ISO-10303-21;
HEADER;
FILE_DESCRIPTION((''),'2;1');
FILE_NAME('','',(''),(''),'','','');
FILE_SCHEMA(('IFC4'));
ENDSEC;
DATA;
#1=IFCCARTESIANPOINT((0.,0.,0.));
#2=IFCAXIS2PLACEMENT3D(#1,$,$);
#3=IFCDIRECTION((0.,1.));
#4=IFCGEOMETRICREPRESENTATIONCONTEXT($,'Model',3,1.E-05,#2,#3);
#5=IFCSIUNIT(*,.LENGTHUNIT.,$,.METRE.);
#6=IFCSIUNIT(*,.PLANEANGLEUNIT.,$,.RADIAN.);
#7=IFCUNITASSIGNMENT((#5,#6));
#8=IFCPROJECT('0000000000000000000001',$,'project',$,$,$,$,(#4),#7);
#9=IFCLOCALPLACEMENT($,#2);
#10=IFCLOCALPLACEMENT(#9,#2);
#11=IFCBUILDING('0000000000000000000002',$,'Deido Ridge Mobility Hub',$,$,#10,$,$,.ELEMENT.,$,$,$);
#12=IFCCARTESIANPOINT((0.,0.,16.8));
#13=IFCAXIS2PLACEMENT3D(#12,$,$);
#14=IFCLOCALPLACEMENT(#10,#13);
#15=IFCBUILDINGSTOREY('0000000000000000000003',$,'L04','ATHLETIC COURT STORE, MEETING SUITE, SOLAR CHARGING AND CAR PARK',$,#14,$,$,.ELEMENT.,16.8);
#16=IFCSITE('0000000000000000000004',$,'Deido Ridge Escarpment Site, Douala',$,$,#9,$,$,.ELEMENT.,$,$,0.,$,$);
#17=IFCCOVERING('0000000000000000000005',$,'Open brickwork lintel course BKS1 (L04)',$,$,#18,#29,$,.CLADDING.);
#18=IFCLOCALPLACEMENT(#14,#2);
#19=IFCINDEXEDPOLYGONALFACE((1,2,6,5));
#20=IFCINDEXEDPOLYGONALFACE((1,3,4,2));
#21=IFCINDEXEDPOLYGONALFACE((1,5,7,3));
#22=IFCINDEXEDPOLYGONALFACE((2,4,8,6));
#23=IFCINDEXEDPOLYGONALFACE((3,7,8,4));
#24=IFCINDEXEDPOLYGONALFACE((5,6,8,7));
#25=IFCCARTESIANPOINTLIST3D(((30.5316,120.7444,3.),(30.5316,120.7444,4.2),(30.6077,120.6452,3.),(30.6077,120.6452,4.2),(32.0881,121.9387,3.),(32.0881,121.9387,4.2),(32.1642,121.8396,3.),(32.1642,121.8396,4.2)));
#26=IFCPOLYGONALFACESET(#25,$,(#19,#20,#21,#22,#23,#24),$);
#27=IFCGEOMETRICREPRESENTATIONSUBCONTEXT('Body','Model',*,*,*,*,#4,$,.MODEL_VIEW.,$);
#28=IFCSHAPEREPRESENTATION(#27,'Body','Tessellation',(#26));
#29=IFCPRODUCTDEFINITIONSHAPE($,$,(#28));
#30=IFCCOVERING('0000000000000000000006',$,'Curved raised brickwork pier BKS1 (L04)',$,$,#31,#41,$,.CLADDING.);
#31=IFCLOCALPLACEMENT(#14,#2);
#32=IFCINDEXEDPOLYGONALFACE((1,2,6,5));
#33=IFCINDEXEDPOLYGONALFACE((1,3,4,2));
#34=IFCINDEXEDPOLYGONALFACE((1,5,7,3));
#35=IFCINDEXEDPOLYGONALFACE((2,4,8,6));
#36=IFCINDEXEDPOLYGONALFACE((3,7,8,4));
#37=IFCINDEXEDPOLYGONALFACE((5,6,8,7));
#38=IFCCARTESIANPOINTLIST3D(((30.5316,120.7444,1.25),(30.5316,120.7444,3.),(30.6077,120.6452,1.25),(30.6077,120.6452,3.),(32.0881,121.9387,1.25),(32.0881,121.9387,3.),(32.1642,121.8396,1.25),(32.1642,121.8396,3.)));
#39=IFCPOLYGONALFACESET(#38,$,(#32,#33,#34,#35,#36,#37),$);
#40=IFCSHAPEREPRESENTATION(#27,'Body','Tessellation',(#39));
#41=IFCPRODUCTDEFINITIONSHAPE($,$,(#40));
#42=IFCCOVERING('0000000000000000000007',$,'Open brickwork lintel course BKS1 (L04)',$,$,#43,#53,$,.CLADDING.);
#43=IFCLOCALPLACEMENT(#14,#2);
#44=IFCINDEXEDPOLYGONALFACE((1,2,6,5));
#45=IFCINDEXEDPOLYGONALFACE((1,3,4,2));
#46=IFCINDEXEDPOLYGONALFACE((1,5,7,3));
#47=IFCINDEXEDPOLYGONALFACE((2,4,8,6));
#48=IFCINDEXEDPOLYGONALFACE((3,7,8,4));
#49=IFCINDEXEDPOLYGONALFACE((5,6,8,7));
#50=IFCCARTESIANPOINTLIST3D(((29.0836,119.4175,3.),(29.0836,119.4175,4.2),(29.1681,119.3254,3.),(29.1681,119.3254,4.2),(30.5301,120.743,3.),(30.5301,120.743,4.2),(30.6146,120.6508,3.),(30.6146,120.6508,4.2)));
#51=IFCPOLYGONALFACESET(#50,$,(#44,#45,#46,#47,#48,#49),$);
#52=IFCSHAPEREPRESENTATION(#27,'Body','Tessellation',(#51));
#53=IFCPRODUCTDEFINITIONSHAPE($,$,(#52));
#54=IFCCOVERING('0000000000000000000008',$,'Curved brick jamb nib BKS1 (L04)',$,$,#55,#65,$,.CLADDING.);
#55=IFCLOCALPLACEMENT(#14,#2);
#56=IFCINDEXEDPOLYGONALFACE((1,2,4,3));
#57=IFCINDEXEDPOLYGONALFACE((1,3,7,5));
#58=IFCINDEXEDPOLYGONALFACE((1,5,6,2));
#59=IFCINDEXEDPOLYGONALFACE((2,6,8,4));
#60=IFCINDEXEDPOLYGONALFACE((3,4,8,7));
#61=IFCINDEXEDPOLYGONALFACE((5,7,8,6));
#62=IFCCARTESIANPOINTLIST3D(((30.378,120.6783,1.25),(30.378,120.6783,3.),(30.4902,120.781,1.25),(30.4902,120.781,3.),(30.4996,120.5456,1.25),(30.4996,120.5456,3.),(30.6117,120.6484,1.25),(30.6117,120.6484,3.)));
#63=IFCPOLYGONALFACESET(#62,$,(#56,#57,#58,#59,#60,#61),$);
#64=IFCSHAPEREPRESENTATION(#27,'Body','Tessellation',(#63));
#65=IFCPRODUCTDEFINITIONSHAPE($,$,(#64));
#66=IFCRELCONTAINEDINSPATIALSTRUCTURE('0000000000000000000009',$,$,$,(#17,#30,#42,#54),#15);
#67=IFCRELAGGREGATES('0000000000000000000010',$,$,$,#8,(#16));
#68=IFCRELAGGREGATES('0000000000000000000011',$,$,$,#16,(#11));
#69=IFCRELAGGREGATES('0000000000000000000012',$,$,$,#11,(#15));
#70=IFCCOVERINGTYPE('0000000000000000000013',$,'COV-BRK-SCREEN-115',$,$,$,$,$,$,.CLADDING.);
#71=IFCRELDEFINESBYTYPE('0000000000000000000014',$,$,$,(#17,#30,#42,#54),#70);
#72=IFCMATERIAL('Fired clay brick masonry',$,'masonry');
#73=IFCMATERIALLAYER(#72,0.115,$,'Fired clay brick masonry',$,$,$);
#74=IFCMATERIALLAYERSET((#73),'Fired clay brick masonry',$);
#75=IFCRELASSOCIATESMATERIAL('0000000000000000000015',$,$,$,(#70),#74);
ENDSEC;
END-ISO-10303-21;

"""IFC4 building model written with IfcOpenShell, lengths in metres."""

from ifc_helpers import new_model, si_unit, direction, frame, origin, origin_2d, place, context, subcontext, project, spatial, rectangle, extrude, material, layer, layer_set, type_object, element, save


model = new_model("IFC4")

# Units and contexts
model_context = context("Model", 3, precision=1e-05, world=origin(), true_north=direction((0.0, 1.0)))
body_context = subcontext(model_context, "Body", "Model", "MODEL_VIEW")
ifc_project = project(units=[si_unit("LENGTHUNIT", "METRE"), si_unit("PLANEANGLEUNIT", "RADIAN")], contexts=[model_context])

# Site, building, storey
site_placement = place(None, origin())
site = spatial("IfcSite", under=ifc_project, at=site_placement, Name="Deido Ridge Escarpment Site, Douala", CompositionType="ELEMENT", RefElevation=0.0)
building_placement = place(site_placement, origin())
building = spatial("IfcBuilding", under=site, at=building_placement, Name="Deido Ridge Mobility Hub", CompositionType="ELEMENT")
storey_placement = place(building_placement, frame((0.0, 0.0, 16.8)))
storey = spatial("IfcBuildingStorey", under=building, at=storey_placement, Name="L04", Description="ATHLETIC COURT STORE, MEETING SUITE, SOLAR CHARGING AND CAR PARK", CompositionType="ELEMENT", Elevation=16.8)

# Coverings
ifc_material_1 = material(Name="Fired clay brick masonry", Category="masonry")
ifc_layer = layer(ifc_material_1, 0.115, Name="Fired clay brick masonry")
ifc_layer_set = layer_set([ifc_layer], Name="Fired clay brick masonry")
covering_type = type_object("IfcCoveringType", Name="COV-BRK-SCREEN-115", PredefinedType="CLADDING", material=ifc_layer_set)
covering_1_placement = place(storey_placement, frame((31.3479, 121.292, 3.0), z_axis=(0.0, 0.0, 1.0), x_axis=(-0.793353, -0.608761, 0.0)))
element("IfcCovering", 1, at=covering_1_placement, inside=storey, type_object=covering_type, Name="Open brickwork lintel course BKS1 (L04)", PredefinedType="CLADDING", context=body_context, shape_type="SweptSolid", body=[
    extrude(rectangle(XDim=1.9619, YDim=0.125, at=origin_2d()), origin(), (0.0, 0.0, 1.0), 1.2),
])
covering_2_placement = place(storey_placement, frame((31.3479, 121.292, 1.25), z_axis=(0.0, 0.0, 1.0), x_axis=(-0.793353, -0.608761, 0.0)))
element("IfcCovering", 2, at=covering_2_placement, inside=storey, type_object=covering_type, Name="Curved raised brickwork pier BKS1 (L04)", PredefinedType="CLADDING", context=body_context, shape_type="SweptSolid", body=[
    extrude(rectangle(XDim=1.9619, YDim=0.125, at=origin_2d()), origin(), (0.0, 0.0, 1.0), 1.75),
])
covering_3_placement = place(storey_placement, frame((29.8491, 120.0342, 3.0), z_axis=(0.0, 0.0, 1.0), x_axis=(-0.737289, -0.675577, 0.0)))
element("IfcCovering", 3, at=covering_3_placement, inside=storey, type_object=covering_type, Name="Open brickwork lintel course BKS1 (L04)", PredefinedType="CLADDING", context=body_context, shape_type="SweptSolid", body=[
    extrude(rectangle(XDim=1.9619, YDim=0.125, at=origin_2d()), origin(), (0.0, 0.0, 1.0), 1.2),
])
covering_4_placement = place(storey_placement, frame((30.4949, 120.6633, 1.25), z_axis=(0.0, 0.0, 1.0), x_axis=(-0.737289, -0.675577, 0.0)))
element("IfcCovering", 4, at=covering_4_placement, inside=storey, type_object=covering_type, Name="Curved brick jamb nib BKS1 (L04)", PredefinedType="CLADDING", context=body_context, shape_type="SweptSolid", body=[
    extrude(rectangle(XDim=0.1521, YDim=0.1799, at=origin_2d()), origin(), (0.0, 0.0, 1.0), 1.75),
])

save(model, "model.ifc")
